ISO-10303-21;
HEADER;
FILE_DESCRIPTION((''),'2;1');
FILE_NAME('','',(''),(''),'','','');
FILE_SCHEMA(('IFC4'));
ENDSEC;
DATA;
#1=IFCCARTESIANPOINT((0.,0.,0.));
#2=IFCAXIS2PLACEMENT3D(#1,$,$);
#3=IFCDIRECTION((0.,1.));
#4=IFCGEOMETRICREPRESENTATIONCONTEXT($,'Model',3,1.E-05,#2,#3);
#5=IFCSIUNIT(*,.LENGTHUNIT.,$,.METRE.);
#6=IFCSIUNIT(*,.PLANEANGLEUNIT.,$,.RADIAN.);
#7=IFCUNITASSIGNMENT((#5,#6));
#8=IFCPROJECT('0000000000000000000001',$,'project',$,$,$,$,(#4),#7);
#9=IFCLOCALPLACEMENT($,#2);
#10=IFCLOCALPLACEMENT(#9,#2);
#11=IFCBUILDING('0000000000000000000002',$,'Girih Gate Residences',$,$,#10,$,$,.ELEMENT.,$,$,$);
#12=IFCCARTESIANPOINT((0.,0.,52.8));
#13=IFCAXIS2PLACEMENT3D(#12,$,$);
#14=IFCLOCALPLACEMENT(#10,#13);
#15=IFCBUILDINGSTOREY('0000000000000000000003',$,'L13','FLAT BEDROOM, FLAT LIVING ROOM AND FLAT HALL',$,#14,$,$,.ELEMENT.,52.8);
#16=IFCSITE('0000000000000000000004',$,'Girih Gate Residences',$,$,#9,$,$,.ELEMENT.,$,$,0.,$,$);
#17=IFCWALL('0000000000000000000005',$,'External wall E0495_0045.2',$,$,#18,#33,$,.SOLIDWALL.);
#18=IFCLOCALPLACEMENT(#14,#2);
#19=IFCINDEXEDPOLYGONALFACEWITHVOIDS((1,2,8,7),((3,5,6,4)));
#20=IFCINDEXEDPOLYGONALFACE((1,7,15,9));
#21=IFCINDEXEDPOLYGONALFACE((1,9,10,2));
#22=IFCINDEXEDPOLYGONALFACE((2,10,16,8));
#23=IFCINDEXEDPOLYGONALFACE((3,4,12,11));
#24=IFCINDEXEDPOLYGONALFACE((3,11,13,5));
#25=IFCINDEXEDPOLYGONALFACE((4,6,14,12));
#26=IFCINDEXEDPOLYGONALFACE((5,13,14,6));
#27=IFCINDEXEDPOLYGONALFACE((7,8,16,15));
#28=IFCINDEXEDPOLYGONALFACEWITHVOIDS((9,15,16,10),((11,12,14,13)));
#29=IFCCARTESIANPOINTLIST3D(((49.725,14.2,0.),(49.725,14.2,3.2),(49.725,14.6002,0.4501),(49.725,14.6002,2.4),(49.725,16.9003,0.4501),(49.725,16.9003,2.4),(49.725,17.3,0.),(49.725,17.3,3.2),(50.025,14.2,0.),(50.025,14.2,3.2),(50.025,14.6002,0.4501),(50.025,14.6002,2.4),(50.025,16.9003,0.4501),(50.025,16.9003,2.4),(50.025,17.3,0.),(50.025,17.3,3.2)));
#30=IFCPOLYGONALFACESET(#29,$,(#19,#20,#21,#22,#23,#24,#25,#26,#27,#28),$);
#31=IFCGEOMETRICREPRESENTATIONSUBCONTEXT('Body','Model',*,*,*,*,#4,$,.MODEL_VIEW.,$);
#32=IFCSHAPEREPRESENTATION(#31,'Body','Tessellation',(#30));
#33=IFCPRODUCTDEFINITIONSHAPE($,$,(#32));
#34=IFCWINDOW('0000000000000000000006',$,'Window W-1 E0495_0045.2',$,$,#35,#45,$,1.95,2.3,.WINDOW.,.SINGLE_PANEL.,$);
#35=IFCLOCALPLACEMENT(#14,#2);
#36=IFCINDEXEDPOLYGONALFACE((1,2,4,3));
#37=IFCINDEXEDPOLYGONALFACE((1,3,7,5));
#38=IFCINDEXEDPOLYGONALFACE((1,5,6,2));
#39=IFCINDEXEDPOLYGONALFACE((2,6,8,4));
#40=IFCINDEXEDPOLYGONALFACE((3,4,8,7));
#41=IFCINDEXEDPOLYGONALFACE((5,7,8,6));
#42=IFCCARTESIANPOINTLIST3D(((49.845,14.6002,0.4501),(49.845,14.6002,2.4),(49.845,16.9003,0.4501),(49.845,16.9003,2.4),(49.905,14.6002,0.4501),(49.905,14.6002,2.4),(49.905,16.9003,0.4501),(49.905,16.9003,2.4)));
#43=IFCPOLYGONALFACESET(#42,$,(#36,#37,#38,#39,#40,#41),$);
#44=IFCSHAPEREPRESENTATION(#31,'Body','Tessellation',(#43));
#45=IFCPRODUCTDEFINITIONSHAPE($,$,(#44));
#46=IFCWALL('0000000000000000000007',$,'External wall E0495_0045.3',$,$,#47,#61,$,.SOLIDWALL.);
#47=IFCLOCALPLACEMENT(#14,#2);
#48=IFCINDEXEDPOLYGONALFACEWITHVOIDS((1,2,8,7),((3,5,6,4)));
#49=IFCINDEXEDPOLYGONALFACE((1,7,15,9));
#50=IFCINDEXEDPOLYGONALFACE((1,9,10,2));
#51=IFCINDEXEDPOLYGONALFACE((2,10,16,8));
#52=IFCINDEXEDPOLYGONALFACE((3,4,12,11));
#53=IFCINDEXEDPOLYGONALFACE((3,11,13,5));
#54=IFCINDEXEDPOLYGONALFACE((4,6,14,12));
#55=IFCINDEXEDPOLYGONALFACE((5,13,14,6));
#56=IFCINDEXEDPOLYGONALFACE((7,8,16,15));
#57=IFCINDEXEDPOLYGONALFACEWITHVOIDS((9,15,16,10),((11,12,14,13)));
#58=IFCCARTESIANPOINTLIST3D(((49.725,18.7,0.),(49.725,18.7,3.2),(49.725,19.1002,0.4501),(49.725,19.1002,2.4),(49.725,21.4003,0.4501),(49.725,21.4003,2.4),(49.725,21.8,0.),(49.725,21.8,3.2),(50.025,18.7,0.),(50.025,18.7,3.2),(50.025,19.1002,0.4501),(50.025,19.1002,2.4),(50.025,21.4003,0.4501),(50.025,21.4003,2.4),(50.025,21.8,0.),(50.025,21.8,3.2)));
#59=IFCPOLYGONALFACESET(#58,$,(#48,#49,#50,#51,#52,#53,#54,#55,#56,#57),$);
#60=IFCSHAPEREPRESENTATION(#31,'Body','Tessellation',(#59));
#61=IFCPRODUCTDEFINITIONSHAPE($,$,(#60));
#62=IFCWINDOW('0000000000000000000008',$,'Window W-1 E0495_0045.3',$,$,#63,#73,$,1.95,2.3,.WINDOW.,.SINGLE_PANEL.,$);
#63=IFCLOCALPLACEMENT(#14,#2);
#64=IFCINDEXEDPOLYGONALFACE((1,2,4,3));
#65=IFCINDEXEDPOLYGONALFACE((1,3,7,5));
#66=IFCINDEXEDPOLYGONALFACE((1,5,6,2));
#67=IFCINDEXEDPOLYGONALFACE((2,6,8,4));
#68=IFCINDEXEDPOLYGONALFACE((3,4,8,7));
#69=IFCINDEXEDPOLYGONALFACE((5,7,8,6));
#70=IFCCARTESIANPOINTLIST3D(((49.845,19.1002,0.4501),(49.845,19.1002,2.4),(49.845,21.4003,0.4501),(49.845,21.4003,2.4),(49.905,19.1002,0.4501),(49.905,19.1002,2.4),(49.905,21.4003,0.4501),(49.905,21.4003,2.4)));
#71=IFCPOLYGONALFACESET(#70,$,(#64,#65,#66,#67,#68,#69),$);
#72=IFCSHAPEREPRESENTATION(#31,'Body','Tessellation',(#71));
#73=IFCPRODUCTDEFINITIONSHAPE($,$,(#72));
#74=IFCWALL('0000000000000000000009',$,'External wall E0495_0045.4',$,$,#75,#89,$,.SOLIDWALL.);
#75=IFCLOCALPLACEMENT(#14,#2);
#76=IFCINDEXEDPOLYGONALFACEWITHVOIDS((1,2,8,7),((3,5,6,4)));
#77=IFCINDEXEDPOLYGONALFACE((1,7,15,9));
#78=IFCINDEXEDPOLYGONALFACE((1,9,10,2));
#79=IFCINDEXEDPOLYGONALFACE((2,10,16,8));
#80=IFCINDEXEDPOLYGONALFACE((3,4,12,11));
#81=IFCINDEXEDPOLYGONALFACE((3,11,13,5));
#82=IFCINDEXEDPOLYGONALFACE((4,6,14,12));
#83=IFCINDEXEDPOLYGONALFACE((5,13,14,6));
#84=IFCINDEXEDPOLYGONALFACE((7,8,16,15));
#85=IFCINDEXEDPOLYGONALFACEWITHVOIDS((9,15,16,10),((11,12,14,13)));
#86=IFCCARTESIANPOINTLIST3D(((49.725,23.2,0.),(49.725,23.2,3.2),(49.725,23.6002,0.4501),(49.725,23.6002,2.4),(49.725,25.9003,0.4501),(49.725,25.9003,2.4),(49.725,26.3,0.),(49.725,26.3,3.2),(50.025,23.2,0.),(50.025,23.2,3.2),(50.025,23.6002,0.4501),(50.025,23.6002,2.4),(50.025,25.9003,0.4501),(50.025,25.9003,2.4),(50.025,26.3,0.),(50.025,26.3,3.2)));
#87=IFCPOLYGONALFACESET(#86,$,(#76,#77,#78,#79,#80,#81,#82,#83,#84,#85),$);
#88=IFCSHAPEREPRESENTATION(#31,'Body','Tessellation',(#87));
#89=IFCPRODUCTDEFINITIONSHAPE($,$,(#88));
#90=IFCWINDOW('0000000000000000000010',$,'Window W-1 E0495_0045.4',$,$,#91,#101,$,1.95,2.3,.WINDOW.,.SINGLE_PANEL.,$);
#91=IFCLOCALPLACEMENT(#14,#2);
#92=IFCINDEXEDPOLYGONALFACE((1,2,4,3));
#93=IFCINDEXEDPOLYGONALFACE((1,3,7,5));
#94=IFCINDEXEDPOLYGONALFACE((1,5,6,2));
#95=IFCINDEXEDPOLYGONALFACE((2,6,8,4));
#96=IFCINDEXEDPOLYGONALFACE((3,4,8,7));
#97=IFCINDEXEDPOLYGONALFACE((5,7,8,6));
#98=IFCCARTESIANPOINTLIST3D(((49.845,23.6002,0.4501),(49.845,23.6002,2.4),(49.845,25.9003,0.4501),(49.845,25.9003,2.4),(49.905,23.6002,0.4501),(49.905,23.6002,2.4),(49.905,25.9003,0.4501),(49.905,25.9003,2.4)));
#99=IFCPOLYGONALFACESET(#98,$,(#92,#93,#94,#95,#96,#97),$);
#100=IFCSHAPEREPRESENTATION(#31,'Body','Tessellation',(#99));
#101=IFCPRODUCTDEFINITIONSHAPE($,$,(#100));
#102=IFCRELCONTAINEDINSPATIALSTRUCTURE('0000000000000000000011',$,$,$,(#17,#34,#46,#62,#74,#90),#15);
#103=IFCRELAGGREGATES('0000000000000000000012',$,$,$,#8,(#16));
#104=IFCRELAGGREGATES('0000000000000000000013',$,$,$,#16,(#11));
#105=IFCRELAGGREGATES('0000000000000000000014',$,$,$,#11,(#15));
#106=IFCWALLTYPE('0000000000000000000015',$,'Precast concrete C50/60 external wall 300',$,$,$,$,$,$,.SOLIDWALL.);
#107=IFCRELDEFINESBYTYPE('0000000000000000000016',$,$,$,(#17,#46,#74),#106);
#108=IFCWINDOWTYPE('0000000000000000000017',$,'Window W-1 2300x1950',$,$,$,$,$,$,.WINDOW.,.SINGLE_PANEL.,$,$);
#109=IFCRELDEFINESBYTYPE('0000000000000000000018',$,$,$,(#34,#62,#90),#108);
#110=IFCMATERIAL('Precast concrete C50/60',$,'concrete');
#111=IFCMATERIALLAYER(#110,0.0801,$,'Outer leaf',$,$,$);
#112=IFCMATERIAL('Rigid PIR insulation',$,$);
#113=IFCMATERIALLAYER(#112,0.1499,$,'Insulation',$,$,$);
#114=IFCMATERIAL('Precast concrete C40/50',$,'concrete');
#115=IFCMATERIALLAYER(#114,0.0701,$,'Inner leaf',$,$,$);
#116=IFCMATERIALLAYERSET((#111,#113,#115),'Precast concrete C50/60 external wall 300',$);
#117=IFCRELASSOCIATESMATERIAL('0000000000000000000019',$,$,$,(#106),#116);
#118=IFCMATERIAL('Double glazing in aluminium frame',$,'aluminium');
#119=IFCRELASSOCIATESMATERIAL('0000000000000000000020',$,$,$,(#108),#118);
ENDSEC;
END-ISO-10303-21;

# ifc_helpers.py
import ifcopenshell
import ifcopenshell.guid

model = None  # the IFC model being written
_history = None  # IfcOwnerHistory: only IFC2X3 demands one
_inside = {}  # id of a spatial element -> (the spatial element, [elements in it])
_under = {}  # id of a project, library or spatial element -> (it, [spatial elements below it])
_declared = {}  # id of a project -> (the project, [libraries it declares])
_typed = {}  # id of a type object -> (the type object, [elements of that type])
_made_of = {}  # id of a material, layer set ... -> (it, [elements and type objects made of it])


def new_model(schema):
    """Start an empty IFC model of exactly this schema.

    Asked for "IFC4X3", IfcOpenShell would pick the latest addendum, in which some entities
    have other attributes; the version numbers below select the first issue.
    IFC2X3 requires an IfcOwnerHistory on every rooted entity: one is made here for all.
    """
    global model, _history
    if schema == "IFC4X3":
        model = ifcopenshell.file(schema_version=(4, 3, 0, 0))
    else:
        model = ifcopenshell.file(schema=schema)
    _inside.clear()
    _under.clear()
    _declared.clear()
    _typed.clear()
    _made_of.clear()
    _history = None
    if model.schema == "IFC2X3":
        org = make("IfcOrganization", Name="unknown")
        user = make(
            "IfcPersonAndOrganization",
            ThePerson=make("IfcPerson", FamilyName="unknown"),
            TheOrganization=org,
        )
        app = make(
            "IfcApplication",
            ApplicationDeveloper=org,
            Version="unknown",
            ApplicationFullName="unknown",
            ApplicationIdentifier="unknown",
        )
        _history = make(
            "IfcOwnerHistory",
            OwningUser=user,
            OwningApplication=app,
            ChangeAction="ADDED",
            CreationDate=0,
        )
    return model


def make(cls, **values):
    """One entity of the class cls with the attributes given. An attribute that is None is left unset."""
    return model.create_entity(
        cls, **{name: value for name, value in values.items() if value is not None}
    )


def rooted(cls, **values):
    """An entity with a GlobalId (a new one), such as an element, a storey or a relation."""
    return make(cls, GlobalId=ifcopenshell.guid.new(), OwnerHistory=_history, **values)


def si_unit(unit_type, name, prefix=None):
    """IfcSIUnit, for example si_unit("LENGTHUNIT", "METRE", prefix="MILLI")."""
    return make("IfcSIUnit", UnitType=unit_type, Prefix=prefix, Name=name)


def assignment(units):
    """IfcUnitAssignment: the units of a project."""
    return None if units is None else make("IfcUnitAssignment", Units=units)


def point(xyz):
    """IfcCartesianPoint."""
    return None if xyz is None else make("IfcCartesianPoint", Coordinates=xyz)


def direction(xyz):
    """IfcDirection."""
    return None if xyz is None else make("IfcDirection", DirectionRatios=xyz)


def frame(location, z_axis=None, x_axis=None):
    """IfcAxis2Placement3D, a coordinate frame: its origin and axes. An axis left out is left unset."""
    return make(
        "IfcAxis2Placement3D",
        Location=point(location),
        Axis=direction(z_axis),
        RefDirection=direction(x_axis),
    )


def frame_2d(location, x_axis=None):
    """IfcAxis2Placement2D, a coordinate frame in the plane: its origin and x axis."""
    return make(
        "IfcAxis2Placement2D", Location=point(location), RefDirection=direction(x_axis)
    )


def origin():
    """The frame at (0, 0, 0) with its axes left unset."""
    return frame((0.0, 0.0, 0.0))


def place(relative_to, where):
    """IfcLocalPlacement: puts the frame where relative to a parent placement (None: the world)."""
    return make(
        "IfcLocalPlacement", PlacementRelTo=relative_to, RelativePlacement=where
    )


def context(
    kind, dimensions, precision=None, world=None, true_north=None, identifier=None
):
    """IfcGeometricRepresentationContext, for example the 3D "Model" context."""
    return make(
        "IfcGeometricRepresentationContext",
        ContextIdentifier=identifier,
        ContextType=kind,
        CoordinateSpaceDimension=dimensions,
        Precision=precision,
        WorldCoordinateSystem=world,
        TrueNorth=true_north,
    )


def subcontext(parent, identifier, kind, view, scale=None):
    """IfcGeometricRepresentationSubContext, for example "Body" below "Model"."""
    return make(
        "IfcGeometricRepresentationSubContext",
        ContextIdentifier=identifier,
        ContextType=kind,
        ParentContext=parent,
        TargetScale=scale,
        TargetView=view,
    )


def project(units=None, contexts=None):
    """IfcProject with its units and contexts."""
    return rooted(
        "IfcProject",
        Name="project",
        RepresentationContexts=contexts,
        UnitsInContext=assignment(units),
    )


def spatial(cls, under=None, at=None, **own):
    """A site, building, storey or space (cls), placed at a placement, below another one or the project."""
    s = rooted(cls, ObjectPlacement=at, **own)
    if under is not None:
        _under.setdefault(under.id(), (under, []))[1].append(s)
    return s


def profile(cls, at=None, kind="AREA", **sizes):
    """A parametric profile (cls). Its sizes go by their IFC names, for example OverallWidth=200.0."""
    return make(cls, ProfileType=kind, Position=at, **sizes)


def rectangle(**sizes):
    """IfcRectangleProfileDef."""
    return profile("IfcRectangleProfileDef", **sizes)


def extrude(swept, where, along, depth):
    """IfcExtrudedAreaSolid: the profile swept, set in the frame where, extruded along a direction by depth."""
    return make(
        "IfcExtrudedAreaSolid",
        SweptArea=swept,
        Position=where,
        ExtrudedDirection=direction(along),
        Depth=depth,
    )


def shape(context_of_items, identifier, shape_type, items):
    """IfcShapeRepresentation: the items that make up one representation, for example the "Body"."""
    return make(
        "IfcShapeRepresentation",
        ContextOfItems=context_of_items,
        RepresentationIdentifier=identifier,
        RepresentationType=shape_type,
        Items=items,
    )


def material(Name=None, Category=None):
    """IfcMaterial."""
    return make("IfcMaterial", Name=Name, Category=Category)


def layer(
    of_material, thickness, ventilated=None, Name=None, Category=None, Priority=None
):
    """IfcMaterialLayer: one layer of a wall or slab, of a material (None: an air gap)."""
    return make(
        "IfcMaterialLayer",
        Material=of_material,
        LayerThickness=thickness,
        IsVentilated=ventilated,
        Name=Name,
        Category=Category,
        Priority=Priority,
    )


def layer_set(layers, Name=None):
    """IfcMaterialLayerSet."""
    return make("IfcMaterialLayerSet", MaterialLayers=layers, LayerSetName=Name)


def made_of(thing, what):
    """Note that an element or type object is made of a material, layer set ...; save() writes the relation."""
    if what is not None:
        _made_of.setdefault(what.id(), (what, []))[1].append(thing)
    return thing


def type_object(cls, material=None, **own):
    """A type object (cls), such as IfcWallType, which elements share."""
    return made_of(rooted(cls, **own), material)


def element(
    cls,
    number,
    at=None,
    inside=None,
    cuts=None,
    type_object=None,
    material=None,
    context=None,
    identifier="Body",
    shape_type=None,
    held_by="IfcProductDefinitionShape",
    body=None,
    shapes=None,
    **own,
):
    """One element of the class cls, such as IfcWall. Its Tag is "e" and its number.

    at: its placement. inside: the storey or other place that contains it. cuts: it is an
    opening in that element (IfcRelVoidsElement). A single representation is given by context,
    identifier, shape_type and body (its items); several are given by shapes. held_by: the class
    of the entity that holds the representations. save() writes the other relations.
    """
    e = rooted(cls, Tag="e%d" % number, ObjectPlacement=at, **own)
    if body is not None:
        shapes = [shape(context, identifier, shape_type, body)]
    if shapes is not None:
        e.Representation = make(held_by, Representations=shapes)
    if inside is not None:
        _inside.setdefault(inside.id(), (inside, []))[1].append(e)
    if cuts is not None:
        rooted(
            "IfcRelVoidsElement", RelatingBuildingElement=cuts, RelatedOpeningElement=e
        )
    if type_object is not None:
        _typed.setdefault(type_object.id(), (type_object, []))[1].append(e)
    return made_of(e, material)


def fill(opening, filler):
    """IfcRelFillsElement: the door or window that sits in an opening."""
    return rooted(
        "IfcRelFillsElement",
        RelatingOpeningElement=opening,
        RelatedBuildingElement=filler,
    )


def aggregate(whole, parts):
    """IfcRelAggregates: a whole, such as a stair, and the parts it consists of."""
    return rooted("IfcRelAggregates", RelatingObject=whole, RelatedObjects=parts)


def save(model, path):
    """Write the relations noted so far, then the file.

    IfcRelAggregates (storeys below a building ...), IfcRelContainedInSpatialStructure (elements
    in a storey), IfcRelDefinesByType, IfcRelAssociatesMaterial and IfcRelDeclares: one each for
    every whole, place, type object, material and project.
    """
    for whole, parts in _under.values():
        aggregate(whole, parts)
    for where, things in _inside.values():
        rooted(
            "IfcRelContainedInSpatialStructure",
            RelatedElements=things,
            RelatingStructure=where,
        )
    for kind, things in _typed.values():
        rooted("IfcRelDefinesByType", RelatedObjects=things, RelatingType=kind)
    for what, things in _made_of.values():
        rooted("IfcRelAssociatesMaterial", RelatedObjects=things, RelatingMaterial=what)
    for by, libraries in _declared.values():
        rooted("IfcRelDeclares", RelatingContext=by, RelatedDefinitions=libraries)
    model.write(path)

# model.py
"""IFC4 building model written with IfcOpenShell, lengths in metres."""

from ifc_helpers import new_model, si_unit, direction, frame, frame_2d, origin, place, context, subcontext, project, spatial, rectangle, extrude, material, layer, layer_set, type_object, element, fill, save


model = new_model("IFC4")

# Units and contexts
model_context = context("Model", 3, precision=1e-05, world=origin(), true_north=direction((0.0, 1.0)))
body_context = subcontext(model_context, "Body", "Model", "MODEL_VIEW")
ifc_project = project(units=[si_unit("LENGTHUNIT", "METRE"), si_unit("PLANEANGLEUNIT", "RADIAN")], contexts=[model_context])

# Site, building, storey
site_placement = place(None, origin())
site = spatial("IfcSite", under=ifc_project, at=site_placement, Name="Girih Gate Residences", CompositionType="ELEMENT", RefElevation=0.0)
building_placement = place(site_placement, origin())
building = spatial("IfcBuilding", under=site, at=building_placement, Name="Girih Gate Residences", CompositionType="ELEMENT")
storey_placement = place(building_placement, frame((0.0, 0.0, 52.8)))
storey = spatial("IfcBuildingStorey", under=building, at=storey_placement, Name="L13", Description="FLAT BEDROOM, FLAT LIVING ROOM AND FLAT HALL", CompositionType="ELEMENT", Elevation=52.8)

# Walls, openings, windows
ifc_material_1 = material(Name="Precast concrete C50/60", Category="concrete")
ifc_layer_1 = layer(ifc_material_1, 0.0801, Name="Outer leaf")
ifc_material_2 = material(Name="Rigid PIR insulation")
ifc_layer_2 = layer(ifc_material_2, 0.1499, Name="Insulation")
ifc_material_3 = material(Name="Precast concrete C40/50", Category="concrete")
ifc_layer_3 = layer(ifc_material_3, 0.0701, Name="Inner leaf")
ifc_layer_set_1 = layer_set([ifc_layer_1, ifc_layer_2, ifc_layer_3], Name="Precast concrete C50/60 external wall 300")
wall_type_1 = type_object("IfcWallType", Name="Precast concrete C50/60 external wall 300", PredefinedType="SOLIDWALL", material=ifc_layer_set_1)
wall_1_placement = place(storey_placement, frame((49.875, 17.3, 0.0), z_axis=(0.0, 0.0, 1.0), x_axis=(0.0, -1.0, 0.0)))
wall_1 = element("IfcWall", 1, at=wall_1_placement, inside=storey, type_object=wall_type_1, Name="External wall E0495_0045.2", PredefinedType="SOLIDWALL", context=body_context, shape_type="SweptSolid", body=[
    extrude(rectangle(XDim=3.1001, YDim=0.3, at=frame_2d((1.55, 0.0))), origin(), (0.0, 0.0, 1.0), 3.2),
])
opening_1_placement = place(wall_1_placement, frame((0.3999, 0.0, 0.45)))
opening_1 = element("IfcOpeningElement", 2, at=opening_1_placement, cuts=wall_1, PredefinedType="OPENING", context=body_context, shape_type="SweptSolid", body=[
    extrude(rectangle(XDim=2.3, YDim=1.95, at=frame_2d((1.1499, 0.9751))), frame((0.0, 0.1599, 0.0), z_axis=(0.0, -1.0, 0.0), x_axis=(1.0, 0.0, 0.0)), (0.0, 0.0, 1.0), 0.3201),
])
ifc_material_4 = material(Name="Double glazing in aluminium frame", Category="aluminium")
window_type = type_object("IfcWindowType", Name="Window W-1 2300x1950", PartitioningType="SINGLE_PANEL", PredefinedType="WINDOW", material=ifc_material_4)
window_1_placement = place(opening_1_placement, origin())
window_1 = element("IfcWindow", 3, at=window_1_placement, inside=storey, type_object=window_type, Name="Window W-1 E0495_0045.2", OverallHeight=1.95, OverallWidth=2.3, PartitioningType="SINGLE_PANEL", PredefinedType="WINDOW", context=body_context, shape_type="SweptSolid", body=[
    extrude(rectangle(XDim=2.3, YDim=1.95, at=frame_2d((1.1499, 0.9751))), frame((0.0, 0.03, 0.0), z_axis=(0.0, -1.0, 0.0), x_axis=(1.0, 0.0, 0.0)), (0.0, 0.0, 1.0), 0.0601),
])
fill(opening_1, window_1)
wall_2_placement = place(storey_placement, frame((49.875, 21.8, 0.0), z_axis=(0.0, 0.0, 1.0), x_axis=(0.0, -1.0, 0.0)))
wall_2 = element("IfcWall", 4, at=wall_2_placement, inside=storey, type_object=wall_type_1, Name="External wall E0495_0045.3", PredefinedType="SOLIDWALL", context=body_context, shape_type="SweptSolid", body=[
    extrude(rectangle(XDim=3.1001, YDim=0.3, at=frame_2d((1.55, 0.0))), origin(), (0.0, 0.0, 1.0), 3.2),
])
opening_2_placement = place(wall_2_placement, frame((0.3999, 0.0, 0.45)))
opening_2 = element("IfcOpeningElement", 5, at=opening_2_placement, cuts=wall_2, PredefinedType="OPENING", context=body_context, shape_type="SweptSolid", body=[
    extrude(rectangle(XDim=2.3, YDim=1.95, at=frame_2d((1.1499, 0.9751))), frame((0.0, 0.1599, 0.0), z_axis=(0.0, -1.0, 0.0), x_axis=(1.0, 0.0, 0.0)), (0.0, 0.0, 1.0), 0.3201),
])
window_2_placement = place(opening_2_placement, origin())
window_2 = element("IfcWindow", 6, at=window_2_placement, inside=storey, type_object=window_type, Name="Window W-1 E0495_0045.3", OverallHeight=1.95, OverallWidth=2.3, PartitioningType="SINGLE_PANEL", PredefinedType="WINDOW", context=body_context, shape_type="SweptSolid", body=[
    extrude(rectangle(XDim=2.3, YDim=1.95, at=frame_2d((1.1499, 0.9751))), frame((0.0, 0.03, 0.0), z_axis=(0.0, -1.0, 0.0), x_axis=(1.0, 0.0, 0.0)), (0.0, 0.0, 1.0), 0.0601),
])
fill(opening_2, window_2)
wall_3_placement = place(storey_placement, frame((49.875, 26.3, 0.0), z_axis=(0.0, 0.0, 1.0), x_axis=(0.0, -1.0, 0.0)))
wall_3 = element("IfcWall", 7, at=wall_3_placement, inside=storey, type_object=wall_type_1, Name="External wall E0495_0045.4", PredefinedType="SOLIDWALL", context=body_context, shape_type="SweptSolid", body=[
    extrude(rectangle(XDim=3.1001, YDim=0.3, at=frame_2d((1.55, 0.0))), origin(), (0.0, 0.0, 1.0), 3.2),
])
opening_3_placement = place(wall_3_placement, frame((0.3999, 0.0, 0.45)))
opening_3 = element("IfcOpeningElement", 8, at=opening_3_placement, cuts=wall_3, PredefinedType="OPENING", context=body_context, shape_type="SweptSolid", body=[
    extrude(rectangle(XDim=2.3, YDim=1.95, at=frame_2d((1.1499, 0.9751))), frame((0.0, 0.1599, 0.0), z_axis=(0.0, -1.0, 0.0), x_axis=(1.0, 0.0, 0.0)), (0.0, 0.0, 1.0), 0.3201),
])
window_3_placement = place(opening_3_placement, origin())
window_3 = element("IfcWindow", 9, at=window_3_placement, inside=storey, type_object=window_type, Name="Window W-1 E0495_0045.4", OverallHeight=1.95, OverallWidth=2.3, PartitioningType="SINGLE_PANEL", PredefinedType="WINDOW", context=body_context, shape_type="SweptSolid", body=[
    extrude(rectangle(XDim=2.3, YDim=1.95, at=frame_2d((1.1499, 0.9751))), frame((0.0, 0.03, 0.0), z_axis=(0.0, -1.0, 0.0), x_axis=(1.0, 0.0, 0.0)), (0.0, 0.0, 1.0), 0.0601),
])
fill(opening_3, window_3)

save(model, "model.ifc")
